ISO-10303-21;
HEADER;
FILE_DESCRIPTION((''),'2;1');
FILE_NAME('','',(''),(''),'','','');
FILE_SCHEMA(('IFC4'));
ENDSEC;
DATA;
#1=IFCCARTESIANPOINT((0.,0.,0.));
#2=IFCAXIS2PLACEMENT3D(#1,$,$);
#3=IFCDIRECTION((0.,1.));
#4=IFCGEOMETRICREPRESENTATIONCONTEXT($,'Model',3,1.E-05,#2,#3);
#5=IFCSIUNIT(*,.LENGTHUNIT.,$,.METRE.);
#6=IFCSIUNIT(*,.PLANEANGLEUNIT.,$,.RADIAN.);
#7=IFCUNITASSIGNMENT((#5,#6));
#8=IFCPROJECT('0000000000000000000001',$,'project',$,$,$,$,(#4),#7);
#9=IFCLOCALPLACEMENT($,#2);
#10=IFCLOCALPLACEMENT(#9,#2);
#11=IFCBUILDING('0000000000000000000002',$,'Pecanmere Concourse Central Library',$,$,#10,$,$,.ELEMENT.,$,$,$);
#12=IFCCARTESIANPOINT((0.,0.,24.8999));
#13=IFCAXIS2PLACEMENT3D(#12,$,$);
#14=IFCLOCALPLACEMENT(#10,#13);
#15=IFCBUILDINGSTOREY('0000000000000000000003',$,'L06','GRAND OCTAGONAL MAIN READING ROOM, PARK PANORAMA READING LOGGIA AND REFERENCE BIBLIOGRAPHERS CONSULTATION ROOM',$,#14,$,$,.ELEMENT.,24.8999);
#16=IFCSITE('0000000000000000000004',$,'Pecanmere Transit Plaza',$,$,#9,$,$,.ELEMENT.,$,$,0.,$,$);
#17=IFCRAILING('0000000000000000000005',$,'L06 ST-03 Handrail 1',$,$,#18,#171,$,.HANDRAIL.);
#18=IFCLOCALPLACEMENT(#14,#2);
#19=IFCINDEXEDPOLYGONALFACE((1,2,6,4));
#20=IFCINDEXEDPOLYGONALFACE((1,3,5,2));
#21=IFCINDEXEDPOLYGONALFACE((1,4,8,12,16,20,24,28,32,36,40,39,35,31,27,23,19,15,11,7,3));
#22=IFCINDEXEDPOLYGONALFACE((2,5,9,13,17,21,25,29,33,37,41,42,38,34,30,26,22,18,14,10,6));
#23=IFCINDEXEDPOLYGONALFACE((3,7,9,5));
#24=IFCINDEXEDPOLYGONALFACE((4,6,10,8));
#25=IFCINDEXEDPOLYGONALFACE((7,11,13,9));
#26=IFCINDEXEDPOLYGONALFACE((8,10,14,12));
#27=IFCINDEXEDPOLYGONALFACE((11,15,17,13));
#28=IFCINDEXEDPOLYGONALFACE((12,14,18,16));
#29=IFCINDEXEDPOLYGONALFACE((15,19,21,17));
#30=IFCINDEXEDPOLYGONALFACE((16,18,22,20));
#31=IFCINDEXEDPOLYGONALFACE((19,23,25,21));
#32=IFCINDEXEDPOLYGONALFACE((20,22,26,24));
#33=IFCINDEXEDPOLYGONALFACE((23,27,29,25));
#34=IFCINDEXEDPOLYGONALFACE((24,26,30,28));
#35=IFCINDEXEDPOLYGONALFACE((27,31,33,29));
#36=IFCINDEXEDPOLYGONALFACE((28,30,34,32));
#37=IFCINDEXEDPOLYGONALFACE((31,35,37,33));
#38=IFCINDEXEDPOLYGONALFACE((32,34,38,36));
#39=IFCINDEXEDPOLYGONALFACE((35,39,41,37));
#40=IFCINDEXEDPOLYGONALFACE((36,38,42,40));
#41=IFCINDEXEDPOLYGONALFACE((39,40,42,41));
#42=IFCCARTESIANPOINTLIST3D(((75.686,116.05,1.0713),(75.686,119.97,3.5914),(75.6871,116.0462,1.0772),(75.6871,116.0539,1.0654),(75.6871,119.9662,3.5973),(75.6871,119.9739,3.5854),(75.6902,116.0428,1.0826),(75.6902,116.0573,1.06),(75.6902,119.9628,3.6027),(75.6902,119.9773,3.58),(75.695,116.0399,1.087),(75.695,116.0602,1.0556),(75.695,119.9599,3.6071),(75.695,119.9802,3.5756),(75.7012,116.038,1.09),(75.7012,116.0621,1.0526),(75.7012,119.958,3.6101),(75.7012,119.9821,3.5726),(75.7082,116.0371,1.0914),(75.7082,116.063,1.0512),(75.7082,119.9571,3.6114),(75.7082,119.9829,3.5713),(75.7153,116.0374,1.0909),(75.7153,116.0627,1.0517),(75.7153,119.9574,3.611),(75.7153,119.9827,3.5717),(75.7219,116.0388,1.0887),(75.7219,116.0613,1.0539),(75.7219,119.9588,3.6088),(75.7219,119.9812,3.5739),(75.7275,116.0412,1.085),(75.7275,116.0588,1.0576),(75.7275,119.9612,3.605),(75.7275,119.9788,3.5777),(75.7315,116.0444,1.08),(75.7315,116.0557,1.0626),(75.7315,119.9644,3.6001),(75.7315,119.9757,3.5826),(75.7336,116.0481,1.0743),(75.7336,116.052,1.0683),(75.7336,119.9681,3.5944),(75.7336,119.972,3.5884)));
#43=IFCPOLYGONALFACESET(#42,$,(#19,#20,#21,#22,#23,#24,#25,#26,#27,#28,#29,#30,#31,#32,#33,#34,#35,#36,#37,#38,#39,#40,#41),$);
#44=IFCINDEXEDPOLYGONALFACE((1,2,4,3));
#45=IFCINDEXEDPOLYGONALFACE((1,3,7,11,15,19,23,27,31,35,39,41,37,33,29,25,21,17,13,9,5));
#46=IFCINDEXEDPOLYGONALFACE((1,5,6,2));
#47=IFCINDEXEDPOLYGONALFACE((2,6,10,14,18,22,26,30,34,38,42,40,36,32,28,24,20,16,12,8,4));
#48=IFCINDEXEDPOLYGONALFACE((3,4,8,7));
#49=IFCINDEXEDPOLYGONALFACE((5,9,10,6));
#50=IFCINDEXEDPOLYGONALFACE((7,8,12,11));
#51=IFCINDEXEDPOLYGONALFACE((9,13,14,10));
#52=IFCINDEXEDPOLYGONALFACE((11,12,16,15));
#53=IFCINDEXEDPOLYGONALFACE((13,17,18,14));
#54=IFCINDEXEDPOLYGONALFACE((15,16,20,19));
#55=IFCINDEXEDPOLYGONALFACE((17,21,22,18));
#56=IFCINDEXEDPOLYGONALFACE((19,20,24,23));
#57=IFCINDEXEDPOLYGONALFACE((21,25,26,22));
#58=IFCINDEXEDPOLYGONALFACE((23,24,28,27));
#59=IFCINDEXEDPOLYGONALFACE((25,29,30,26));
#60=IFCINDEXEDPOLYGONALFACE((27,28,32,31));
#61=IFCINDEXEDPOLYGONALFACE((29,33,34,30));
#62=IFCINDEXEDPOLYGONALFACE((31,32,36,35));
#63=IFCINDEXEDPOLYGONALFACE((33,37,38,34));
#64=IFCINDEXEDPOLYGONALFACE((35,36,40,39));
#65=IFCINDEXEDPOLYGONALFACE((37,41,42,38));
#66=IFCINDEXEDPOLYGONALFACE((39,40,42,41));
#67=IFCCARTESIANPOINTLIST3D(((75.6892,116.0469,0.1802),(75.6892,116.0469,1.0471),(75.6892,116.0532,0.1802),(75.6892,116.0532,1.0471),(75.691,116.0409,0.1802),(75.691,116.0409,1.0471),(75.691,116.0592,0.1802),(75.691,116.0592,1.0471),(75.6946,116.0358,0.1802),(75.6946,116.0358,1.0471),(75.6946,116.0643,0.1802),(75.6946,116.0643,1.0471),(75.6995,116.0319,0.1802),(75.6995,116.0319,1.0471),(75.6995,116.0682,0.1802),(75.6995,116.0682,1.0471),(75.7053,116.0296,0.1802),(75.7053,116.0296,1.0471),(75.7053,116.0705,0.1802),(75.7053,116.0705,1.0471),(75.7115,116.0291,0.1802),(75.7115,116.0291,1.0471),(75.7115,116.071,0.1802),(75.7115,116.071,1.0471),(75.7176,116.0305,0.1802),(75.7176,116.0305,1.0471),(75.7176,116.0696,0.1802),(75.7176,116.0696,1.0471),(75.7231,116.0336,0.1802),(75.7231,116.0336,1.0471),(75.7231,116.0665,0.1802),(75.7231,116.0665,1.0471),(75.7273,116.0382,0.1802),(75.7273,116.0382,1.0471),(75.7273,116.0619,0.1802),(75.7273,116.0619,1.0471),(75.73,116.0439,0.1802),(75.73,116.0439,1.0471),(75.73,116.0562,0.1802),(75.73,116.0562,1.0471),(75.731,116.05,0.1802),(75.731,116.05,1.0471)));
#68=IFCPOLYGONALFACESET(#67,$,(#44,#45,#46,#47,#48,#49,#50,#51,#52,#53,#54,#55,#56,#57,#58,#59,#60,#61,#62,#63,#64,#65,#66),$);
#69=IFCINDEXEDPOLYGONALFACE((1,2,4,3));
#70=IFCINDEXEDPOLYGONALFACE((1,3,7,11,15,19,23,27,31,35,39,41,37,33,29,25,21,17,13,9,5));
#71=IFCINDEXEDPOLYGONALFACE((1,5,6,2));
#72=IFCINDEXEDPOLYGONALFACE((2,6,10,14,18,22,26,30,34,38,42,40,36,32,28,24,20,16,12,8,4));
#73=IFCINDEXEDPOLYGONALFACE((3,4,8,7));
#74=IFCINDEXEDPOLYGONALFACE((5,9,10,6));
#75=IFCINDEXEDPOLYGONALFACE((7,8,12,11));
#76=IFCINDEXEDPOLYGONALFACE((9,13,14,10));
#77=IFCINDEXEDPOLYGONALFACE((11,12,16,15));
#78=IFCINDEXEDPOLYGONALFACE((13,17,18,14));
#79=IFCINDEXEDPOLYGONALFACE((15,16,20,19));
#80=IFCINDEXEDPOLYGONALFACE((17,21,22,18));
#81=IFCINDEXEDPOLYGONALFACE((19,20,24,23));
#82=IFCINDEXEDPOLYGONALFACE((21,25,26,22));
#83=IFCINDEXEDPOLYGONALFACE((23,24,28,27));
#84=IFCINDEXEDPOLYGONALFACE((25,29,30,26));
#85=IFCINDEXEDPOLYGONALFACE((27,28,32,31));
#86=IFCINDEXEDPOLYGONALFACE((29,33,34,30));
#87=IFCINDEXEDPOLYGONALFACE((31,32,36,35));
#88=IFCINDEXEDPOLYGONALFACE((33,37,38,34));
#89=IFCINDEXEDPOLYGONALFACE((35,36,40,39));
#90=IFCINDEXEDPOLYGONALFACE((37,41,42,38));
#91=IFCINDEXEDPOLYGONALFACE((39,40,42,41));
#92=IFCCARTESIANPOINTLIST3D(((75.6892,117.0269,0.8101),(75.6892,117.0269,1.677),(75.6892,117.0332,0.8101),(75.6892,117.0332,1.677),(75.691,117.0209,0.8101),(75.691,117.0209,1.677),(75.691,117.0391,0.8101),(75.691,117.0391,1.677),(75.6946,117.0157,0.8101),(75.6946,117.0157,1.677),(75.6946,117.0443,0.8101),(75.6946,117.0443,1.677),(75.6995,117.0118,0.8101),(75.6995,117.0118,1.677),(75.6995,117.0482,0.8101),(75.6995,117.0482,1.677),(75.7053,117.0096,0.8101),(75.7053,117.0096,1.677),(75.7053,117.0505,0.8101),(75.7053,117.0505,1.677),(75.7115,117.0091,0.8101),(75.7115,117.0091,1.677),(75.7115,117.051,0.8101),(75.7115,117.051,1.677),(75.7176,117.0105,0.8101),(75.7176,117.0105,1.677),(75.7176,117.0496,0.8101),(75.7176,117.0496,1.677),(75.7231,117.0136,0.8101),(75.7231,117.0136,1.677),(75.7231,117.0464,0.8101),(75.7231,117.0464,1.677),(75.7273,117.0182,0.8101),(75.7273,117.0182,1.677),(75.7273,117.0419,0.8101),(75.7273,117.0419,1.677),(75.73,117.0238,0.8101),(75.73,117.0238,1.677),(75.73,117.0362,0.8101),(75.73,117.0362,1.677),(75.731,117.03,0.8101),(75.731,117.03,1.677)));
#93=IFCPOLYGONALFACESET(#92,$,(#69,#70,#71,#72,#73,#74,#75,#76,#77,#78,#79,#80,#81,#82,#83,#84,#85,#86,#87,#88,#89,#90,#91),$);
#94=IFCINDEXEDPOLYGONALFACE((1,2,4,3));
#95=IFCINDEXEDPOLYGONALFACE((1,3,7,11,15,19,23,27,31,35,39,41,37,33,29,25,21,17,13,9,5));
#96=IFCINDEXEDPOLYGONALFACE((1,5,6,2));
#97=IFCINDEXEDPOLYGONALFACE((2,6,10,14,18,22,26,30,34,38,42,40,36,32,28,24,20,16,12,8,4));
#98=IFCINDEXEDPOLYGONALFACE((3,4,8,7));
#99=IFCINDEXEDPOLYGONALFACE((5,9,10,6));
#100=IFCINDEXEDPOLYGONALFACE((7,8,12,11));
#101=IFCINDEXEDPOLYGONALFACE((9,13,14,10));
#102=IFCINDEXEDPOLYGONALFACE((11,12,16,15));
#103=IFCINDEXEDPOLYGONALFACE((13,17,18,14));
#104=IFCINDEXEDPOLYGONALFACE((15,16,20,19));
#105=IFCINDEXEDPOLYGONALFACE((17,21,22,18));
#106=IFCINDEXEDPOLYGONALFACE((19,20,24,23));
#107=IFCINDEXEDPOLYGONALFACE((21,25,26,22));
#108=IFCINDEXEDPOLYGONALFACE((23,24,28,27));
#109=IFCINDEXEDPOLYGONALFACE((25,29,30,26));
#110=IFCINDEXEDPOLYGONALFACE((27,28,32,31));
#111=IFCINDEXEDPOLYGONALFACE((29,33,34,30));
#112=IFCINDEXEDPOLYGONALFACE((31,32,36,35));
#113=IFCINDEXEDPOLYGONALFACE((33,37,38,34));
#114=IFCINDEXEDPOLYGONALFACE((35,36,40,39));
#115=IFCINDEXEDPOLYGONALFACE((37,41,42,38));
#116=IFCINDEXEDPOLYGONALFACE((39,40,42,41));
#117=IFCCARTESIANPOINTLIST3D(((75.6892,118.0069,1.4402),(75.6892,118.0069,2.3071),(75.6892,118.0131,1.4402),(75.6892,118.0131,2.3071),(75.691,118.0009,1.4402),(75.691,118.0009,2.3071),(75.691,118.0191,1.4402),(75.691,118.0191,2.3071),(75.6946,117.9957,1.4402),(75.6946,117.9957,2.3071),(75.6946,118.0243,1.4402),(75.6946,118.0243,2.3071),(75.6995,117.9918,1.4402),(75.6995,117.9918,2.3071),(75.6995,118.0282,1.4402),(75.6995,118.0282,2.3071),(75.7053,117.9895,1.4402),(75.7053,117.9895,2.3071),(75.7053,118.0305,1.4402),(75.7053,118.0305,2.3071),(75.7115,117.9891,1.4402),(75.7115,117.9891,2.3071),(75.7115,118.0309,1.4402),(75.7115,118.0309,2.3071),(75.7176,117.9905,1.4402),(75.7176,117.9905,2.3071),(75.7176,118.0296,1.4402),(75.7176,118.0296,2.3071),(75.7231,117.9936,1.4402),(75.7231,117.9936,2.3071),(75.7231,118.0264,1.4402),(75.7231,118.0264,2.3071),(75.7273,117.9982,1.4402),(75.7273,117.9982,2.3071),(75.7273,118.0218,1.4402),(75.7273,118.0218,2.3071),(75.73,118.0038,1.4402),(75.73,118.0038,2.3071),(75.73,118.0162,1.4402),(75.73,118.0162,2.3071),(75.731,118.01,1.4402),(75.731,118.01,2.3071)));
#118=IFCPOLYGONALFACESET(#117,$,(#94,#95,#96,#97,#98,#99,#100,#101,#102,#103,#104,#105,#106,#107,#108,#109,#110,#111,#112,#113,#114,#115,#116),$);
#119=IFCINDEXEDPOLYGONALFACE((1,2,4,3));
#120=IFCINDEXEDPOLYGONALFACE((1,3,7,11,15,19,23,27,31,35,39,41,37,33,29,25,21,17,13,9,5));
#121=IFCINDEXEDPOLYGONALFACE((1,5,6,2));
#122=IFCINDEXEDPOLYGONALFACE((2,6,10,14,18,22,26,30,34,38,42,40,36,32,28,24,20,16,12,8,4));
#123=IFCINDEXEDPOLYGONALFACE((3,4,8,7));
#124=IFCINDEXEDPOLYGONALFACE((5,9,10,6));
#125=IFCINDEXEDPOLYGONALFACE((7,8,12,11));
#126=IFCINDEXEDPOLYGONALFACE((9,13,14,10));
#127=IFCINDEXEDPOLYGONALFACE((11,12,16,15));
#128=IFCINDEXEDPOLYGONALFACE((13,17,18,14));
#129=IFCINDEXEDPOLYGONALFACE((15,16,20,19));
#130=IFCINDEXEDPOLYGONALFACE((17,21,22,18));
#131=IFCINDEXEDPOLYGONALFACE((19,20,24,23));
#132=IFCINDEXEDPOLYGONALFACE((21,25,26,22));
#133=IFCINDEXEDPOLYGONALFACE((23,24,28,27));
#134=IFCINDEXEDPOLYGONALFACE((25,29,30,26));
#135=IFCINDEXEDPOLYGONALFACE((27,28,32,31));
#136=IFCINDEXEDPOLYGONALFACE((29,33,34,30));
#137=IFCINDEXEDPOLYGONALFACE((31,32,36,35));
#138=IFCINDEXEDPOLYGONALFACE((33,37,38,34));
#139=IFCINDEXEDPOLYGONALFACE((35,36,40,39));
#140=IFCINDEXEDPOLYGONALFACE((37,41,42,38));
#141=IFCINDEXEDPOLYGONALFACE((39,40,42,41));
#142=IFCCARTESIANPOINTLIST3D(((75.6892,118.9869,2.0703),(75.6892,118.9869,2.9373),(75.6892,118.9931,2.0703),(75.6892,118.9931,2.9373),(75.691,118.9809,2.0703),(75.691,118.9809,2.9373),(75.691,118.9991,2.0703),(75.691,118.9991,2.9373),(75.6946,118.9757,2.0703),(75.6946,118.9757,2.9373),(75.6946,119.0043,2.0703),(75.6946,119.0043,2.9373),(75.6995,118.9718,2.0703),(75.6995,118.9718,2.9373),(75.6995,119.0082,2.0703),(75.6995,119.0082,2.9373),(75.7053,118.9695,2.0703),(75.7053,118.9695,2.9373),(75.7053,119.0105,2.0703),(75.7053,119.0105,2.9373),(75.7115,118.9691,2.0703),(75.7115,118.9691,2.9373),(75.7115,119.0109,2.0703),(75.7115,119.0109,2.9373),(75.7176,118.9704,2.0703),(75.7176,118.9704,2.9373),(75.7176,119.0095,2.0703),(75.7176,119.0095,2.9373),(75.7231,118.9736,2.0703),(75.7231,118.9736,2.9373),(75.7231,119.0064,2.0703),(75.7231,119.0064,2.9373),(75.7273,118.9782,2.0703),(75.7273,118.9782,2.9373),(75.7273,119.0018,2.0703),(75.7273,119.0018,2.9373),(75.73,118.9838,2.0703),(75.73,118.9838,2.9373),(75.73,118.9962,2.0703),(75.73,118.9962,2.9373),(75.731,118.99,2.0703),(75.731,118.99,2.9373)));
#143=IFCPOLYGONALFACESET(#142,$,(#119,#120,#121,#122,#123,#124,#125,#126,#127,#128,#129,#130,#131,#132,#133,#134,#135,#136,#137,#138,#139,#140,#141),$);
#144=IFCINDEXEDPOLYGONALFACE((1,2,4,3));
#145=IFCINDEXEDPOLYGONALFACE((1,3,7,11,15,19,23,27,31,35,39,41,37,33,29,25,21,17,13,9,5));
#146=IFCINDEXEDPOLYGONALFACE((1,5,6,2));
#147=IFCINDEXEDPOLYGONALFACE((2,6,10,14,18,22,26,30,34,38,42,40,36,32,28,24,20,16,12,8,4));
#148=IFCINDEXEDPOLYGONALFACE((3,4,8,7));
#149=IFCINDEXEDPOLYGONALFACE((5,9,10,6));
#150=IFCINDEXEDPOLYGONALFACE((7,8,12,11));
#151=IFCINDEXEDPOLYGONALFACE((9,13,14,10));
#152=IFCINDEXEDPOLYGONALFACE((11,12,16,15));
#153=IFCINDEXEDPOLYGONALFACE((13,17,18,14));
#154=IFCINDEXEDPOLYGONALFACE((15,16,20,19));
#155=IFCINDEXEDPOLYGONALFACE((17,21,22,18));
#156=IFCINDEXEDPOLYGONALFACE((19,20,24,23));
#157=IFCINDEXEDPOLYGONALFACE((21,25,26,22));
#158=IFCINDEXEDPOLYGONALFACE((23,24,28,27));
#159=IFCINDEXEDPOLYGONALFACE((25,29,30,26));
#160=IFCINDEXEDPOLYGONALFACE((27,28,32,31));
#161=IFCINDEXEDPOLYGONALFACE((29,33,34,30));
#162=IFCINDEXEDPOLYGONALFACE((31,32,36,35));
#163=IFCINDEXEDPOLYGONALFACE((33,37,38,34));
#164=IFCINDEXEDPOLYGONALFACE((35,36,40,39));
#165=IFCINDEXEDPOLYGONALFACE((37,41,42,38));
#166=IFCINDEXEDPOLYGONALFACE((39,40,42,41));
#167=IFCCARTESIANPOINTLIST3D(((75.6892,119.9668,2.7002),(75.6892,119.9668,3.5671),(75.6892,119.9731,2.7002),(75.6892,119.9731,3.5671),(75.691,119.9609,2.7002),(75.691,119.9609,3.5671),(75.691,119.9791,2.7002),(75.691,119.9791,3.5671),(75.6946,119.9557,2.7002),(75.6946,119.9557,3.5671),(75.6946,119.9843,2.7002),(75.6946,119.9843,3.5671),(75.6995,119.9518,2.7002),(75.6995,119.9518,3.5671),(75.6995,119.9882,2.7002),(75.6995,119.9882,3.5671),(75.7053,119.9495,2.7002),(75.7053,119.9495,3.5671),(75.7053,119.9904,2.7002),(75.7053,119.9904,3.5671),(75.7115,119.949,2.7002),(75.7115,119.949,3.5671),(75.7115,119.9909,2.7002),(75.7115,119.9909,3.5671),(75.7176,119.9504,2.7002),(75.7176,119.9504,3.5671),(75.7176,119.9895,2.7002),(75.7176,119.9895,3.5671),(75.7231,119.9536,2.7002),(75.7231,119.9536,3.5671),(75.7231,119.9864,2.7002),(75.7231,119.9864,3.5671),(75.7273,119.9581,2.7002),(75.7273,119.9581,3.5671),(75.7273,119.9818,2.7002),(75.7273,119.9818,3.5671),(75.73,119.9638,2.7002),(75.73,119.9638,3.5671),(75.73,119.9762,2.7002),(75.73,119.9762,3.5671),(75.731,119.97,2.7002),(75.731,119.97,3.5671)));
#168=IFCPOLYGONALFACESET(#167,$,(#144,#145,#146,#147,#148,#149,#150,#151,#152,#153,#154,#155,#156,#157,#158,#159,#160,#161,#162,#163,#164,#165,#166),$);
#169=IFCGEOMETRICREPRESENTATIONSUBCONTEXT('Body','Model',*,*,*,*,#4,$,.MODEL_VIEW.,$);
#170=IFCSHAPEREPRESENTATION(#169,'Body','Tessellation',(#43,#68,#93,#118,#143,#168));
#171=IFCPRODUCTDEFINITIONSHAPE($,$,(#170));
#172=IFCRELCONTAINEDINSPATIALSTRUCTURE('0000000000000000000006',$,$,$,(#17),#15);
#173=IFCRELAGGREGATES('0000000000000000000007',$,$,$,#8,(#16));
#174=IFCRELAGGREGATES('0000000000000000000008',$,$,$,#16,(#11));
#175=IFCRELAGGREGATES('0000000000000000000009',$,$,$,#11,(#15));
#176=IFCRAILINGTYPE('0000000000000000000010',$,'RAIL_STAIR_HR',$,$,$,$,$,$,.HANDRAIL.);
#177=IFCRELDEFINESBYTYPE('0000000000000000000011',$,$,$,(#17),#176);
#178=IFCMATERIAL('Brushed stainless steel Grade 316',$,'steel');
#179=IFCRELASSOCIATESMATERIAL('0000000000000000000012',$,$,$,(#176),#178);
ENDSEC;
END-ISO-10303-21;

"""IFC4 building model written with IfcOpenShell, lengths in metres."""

from ifc_helpers import new_model, si_unit, direction, frame, origin, origin_2d, place, context, subcontext, project, spatial, circle, extrude, material, type_object, element, save


model = new_model("IFC4")

# Units and contexts
model_context = context("Model", 3, precision=1e-05, world=origin(), true_north=direction((0.0, 1.0)))
body_context = subcontext(model_context, "Body", "Model", "MODEL_VIEW")
ifc_project = project(units=[si_unit("LENGTHUNIT", "METRE"), si_unit("PLANEANGLEUNIT", "RADIAN")], contexts=[model_context])

# Site, building, storey
site_placement = place(None, origin())
site = spatial("IfcSite", under=ifc_project, at=site_placement, Name="Pecanmere Transit Plaza", CompositionType="ELEMENT", RefElevation=0.0)
building_placement = place(site_placement, origin())
building = spatial("IfcBuilding", under=site, at=building_placement, Name="Pecanmere Concourse Central Library", CompositionType="ELEMENT")
storey_placement = place(building_placement, frame((0.0, 0.0, 24.8999)))
storey = spatial("IfcBuildingStorey", under=building, at=storey_placement, Name="L06", Description="GRAND OCTAGONAL MAIN READING ROOM, PARK PANORAMA READING LOGGIA AND REFERENCE BIBLIOGRAPHERS CONSULTATION ROOM", CompositionType="ELEMENT", Elevation=24.8999)

# Railing
ifc_material_1 = material(Name="Brushed stainless steel Grade 316", Category="steel")
railing_type_1 = type_object("IfcRailingType", Name="RAIL_STAIR_HR", PredefinedType="HANDRAIL", material=ifc_material_1)
railing_1_placement = place(storey_placement, frame((75.71, 116.05, 0.1802)))
element("IfcRailing", 1, at=railing_1_placement, inside=storey, type_object=railing_type_1, Name="L06 ST-03 Handrail 1", PredefinedType="HANDRAIL", context=body_context, shape_type="SweptSolid", body=[
    extrude(circle(Radius=0.0239, at=origin_2d()), frame((0.0, 0.0, 0.8911), z_axis=(0.0, 0.841172, 0.540768), x_axis=(-1.0, 0.0, 0.0)), (0.0, 0.0, 1.0), 4.6602),
    extrude(circle(Radius=0.021, at=origin_2d()), origin(), (0.0, 0.0, 1.0), 0.8669),
    extrude(circle(Radius=0.021, at=origin_2d()), frame((0.0, 0.98, 0.6299)), (0.0, 0.0, 1.0), 0.8669),
    extrude(circle(Radius=0.021, at=origin_2d()), frame((0.0, 1.96, 1.26)), (0.0, 0.0, 1.0), 0.8669),
    extrude(circle(Radius=0.021, at=origin_2d()), frame((0.0, 2.9399, 1.8901)), (0.0, 0.0, 1.0), 0.8669),
    extrude(circle(Radius=0.021, at=origin_2d()), frame((0.0, 3.9199, 2.52)), (0.0, 0.0, 1.0), 0.8669),
])

save(model, "model.ifc")
